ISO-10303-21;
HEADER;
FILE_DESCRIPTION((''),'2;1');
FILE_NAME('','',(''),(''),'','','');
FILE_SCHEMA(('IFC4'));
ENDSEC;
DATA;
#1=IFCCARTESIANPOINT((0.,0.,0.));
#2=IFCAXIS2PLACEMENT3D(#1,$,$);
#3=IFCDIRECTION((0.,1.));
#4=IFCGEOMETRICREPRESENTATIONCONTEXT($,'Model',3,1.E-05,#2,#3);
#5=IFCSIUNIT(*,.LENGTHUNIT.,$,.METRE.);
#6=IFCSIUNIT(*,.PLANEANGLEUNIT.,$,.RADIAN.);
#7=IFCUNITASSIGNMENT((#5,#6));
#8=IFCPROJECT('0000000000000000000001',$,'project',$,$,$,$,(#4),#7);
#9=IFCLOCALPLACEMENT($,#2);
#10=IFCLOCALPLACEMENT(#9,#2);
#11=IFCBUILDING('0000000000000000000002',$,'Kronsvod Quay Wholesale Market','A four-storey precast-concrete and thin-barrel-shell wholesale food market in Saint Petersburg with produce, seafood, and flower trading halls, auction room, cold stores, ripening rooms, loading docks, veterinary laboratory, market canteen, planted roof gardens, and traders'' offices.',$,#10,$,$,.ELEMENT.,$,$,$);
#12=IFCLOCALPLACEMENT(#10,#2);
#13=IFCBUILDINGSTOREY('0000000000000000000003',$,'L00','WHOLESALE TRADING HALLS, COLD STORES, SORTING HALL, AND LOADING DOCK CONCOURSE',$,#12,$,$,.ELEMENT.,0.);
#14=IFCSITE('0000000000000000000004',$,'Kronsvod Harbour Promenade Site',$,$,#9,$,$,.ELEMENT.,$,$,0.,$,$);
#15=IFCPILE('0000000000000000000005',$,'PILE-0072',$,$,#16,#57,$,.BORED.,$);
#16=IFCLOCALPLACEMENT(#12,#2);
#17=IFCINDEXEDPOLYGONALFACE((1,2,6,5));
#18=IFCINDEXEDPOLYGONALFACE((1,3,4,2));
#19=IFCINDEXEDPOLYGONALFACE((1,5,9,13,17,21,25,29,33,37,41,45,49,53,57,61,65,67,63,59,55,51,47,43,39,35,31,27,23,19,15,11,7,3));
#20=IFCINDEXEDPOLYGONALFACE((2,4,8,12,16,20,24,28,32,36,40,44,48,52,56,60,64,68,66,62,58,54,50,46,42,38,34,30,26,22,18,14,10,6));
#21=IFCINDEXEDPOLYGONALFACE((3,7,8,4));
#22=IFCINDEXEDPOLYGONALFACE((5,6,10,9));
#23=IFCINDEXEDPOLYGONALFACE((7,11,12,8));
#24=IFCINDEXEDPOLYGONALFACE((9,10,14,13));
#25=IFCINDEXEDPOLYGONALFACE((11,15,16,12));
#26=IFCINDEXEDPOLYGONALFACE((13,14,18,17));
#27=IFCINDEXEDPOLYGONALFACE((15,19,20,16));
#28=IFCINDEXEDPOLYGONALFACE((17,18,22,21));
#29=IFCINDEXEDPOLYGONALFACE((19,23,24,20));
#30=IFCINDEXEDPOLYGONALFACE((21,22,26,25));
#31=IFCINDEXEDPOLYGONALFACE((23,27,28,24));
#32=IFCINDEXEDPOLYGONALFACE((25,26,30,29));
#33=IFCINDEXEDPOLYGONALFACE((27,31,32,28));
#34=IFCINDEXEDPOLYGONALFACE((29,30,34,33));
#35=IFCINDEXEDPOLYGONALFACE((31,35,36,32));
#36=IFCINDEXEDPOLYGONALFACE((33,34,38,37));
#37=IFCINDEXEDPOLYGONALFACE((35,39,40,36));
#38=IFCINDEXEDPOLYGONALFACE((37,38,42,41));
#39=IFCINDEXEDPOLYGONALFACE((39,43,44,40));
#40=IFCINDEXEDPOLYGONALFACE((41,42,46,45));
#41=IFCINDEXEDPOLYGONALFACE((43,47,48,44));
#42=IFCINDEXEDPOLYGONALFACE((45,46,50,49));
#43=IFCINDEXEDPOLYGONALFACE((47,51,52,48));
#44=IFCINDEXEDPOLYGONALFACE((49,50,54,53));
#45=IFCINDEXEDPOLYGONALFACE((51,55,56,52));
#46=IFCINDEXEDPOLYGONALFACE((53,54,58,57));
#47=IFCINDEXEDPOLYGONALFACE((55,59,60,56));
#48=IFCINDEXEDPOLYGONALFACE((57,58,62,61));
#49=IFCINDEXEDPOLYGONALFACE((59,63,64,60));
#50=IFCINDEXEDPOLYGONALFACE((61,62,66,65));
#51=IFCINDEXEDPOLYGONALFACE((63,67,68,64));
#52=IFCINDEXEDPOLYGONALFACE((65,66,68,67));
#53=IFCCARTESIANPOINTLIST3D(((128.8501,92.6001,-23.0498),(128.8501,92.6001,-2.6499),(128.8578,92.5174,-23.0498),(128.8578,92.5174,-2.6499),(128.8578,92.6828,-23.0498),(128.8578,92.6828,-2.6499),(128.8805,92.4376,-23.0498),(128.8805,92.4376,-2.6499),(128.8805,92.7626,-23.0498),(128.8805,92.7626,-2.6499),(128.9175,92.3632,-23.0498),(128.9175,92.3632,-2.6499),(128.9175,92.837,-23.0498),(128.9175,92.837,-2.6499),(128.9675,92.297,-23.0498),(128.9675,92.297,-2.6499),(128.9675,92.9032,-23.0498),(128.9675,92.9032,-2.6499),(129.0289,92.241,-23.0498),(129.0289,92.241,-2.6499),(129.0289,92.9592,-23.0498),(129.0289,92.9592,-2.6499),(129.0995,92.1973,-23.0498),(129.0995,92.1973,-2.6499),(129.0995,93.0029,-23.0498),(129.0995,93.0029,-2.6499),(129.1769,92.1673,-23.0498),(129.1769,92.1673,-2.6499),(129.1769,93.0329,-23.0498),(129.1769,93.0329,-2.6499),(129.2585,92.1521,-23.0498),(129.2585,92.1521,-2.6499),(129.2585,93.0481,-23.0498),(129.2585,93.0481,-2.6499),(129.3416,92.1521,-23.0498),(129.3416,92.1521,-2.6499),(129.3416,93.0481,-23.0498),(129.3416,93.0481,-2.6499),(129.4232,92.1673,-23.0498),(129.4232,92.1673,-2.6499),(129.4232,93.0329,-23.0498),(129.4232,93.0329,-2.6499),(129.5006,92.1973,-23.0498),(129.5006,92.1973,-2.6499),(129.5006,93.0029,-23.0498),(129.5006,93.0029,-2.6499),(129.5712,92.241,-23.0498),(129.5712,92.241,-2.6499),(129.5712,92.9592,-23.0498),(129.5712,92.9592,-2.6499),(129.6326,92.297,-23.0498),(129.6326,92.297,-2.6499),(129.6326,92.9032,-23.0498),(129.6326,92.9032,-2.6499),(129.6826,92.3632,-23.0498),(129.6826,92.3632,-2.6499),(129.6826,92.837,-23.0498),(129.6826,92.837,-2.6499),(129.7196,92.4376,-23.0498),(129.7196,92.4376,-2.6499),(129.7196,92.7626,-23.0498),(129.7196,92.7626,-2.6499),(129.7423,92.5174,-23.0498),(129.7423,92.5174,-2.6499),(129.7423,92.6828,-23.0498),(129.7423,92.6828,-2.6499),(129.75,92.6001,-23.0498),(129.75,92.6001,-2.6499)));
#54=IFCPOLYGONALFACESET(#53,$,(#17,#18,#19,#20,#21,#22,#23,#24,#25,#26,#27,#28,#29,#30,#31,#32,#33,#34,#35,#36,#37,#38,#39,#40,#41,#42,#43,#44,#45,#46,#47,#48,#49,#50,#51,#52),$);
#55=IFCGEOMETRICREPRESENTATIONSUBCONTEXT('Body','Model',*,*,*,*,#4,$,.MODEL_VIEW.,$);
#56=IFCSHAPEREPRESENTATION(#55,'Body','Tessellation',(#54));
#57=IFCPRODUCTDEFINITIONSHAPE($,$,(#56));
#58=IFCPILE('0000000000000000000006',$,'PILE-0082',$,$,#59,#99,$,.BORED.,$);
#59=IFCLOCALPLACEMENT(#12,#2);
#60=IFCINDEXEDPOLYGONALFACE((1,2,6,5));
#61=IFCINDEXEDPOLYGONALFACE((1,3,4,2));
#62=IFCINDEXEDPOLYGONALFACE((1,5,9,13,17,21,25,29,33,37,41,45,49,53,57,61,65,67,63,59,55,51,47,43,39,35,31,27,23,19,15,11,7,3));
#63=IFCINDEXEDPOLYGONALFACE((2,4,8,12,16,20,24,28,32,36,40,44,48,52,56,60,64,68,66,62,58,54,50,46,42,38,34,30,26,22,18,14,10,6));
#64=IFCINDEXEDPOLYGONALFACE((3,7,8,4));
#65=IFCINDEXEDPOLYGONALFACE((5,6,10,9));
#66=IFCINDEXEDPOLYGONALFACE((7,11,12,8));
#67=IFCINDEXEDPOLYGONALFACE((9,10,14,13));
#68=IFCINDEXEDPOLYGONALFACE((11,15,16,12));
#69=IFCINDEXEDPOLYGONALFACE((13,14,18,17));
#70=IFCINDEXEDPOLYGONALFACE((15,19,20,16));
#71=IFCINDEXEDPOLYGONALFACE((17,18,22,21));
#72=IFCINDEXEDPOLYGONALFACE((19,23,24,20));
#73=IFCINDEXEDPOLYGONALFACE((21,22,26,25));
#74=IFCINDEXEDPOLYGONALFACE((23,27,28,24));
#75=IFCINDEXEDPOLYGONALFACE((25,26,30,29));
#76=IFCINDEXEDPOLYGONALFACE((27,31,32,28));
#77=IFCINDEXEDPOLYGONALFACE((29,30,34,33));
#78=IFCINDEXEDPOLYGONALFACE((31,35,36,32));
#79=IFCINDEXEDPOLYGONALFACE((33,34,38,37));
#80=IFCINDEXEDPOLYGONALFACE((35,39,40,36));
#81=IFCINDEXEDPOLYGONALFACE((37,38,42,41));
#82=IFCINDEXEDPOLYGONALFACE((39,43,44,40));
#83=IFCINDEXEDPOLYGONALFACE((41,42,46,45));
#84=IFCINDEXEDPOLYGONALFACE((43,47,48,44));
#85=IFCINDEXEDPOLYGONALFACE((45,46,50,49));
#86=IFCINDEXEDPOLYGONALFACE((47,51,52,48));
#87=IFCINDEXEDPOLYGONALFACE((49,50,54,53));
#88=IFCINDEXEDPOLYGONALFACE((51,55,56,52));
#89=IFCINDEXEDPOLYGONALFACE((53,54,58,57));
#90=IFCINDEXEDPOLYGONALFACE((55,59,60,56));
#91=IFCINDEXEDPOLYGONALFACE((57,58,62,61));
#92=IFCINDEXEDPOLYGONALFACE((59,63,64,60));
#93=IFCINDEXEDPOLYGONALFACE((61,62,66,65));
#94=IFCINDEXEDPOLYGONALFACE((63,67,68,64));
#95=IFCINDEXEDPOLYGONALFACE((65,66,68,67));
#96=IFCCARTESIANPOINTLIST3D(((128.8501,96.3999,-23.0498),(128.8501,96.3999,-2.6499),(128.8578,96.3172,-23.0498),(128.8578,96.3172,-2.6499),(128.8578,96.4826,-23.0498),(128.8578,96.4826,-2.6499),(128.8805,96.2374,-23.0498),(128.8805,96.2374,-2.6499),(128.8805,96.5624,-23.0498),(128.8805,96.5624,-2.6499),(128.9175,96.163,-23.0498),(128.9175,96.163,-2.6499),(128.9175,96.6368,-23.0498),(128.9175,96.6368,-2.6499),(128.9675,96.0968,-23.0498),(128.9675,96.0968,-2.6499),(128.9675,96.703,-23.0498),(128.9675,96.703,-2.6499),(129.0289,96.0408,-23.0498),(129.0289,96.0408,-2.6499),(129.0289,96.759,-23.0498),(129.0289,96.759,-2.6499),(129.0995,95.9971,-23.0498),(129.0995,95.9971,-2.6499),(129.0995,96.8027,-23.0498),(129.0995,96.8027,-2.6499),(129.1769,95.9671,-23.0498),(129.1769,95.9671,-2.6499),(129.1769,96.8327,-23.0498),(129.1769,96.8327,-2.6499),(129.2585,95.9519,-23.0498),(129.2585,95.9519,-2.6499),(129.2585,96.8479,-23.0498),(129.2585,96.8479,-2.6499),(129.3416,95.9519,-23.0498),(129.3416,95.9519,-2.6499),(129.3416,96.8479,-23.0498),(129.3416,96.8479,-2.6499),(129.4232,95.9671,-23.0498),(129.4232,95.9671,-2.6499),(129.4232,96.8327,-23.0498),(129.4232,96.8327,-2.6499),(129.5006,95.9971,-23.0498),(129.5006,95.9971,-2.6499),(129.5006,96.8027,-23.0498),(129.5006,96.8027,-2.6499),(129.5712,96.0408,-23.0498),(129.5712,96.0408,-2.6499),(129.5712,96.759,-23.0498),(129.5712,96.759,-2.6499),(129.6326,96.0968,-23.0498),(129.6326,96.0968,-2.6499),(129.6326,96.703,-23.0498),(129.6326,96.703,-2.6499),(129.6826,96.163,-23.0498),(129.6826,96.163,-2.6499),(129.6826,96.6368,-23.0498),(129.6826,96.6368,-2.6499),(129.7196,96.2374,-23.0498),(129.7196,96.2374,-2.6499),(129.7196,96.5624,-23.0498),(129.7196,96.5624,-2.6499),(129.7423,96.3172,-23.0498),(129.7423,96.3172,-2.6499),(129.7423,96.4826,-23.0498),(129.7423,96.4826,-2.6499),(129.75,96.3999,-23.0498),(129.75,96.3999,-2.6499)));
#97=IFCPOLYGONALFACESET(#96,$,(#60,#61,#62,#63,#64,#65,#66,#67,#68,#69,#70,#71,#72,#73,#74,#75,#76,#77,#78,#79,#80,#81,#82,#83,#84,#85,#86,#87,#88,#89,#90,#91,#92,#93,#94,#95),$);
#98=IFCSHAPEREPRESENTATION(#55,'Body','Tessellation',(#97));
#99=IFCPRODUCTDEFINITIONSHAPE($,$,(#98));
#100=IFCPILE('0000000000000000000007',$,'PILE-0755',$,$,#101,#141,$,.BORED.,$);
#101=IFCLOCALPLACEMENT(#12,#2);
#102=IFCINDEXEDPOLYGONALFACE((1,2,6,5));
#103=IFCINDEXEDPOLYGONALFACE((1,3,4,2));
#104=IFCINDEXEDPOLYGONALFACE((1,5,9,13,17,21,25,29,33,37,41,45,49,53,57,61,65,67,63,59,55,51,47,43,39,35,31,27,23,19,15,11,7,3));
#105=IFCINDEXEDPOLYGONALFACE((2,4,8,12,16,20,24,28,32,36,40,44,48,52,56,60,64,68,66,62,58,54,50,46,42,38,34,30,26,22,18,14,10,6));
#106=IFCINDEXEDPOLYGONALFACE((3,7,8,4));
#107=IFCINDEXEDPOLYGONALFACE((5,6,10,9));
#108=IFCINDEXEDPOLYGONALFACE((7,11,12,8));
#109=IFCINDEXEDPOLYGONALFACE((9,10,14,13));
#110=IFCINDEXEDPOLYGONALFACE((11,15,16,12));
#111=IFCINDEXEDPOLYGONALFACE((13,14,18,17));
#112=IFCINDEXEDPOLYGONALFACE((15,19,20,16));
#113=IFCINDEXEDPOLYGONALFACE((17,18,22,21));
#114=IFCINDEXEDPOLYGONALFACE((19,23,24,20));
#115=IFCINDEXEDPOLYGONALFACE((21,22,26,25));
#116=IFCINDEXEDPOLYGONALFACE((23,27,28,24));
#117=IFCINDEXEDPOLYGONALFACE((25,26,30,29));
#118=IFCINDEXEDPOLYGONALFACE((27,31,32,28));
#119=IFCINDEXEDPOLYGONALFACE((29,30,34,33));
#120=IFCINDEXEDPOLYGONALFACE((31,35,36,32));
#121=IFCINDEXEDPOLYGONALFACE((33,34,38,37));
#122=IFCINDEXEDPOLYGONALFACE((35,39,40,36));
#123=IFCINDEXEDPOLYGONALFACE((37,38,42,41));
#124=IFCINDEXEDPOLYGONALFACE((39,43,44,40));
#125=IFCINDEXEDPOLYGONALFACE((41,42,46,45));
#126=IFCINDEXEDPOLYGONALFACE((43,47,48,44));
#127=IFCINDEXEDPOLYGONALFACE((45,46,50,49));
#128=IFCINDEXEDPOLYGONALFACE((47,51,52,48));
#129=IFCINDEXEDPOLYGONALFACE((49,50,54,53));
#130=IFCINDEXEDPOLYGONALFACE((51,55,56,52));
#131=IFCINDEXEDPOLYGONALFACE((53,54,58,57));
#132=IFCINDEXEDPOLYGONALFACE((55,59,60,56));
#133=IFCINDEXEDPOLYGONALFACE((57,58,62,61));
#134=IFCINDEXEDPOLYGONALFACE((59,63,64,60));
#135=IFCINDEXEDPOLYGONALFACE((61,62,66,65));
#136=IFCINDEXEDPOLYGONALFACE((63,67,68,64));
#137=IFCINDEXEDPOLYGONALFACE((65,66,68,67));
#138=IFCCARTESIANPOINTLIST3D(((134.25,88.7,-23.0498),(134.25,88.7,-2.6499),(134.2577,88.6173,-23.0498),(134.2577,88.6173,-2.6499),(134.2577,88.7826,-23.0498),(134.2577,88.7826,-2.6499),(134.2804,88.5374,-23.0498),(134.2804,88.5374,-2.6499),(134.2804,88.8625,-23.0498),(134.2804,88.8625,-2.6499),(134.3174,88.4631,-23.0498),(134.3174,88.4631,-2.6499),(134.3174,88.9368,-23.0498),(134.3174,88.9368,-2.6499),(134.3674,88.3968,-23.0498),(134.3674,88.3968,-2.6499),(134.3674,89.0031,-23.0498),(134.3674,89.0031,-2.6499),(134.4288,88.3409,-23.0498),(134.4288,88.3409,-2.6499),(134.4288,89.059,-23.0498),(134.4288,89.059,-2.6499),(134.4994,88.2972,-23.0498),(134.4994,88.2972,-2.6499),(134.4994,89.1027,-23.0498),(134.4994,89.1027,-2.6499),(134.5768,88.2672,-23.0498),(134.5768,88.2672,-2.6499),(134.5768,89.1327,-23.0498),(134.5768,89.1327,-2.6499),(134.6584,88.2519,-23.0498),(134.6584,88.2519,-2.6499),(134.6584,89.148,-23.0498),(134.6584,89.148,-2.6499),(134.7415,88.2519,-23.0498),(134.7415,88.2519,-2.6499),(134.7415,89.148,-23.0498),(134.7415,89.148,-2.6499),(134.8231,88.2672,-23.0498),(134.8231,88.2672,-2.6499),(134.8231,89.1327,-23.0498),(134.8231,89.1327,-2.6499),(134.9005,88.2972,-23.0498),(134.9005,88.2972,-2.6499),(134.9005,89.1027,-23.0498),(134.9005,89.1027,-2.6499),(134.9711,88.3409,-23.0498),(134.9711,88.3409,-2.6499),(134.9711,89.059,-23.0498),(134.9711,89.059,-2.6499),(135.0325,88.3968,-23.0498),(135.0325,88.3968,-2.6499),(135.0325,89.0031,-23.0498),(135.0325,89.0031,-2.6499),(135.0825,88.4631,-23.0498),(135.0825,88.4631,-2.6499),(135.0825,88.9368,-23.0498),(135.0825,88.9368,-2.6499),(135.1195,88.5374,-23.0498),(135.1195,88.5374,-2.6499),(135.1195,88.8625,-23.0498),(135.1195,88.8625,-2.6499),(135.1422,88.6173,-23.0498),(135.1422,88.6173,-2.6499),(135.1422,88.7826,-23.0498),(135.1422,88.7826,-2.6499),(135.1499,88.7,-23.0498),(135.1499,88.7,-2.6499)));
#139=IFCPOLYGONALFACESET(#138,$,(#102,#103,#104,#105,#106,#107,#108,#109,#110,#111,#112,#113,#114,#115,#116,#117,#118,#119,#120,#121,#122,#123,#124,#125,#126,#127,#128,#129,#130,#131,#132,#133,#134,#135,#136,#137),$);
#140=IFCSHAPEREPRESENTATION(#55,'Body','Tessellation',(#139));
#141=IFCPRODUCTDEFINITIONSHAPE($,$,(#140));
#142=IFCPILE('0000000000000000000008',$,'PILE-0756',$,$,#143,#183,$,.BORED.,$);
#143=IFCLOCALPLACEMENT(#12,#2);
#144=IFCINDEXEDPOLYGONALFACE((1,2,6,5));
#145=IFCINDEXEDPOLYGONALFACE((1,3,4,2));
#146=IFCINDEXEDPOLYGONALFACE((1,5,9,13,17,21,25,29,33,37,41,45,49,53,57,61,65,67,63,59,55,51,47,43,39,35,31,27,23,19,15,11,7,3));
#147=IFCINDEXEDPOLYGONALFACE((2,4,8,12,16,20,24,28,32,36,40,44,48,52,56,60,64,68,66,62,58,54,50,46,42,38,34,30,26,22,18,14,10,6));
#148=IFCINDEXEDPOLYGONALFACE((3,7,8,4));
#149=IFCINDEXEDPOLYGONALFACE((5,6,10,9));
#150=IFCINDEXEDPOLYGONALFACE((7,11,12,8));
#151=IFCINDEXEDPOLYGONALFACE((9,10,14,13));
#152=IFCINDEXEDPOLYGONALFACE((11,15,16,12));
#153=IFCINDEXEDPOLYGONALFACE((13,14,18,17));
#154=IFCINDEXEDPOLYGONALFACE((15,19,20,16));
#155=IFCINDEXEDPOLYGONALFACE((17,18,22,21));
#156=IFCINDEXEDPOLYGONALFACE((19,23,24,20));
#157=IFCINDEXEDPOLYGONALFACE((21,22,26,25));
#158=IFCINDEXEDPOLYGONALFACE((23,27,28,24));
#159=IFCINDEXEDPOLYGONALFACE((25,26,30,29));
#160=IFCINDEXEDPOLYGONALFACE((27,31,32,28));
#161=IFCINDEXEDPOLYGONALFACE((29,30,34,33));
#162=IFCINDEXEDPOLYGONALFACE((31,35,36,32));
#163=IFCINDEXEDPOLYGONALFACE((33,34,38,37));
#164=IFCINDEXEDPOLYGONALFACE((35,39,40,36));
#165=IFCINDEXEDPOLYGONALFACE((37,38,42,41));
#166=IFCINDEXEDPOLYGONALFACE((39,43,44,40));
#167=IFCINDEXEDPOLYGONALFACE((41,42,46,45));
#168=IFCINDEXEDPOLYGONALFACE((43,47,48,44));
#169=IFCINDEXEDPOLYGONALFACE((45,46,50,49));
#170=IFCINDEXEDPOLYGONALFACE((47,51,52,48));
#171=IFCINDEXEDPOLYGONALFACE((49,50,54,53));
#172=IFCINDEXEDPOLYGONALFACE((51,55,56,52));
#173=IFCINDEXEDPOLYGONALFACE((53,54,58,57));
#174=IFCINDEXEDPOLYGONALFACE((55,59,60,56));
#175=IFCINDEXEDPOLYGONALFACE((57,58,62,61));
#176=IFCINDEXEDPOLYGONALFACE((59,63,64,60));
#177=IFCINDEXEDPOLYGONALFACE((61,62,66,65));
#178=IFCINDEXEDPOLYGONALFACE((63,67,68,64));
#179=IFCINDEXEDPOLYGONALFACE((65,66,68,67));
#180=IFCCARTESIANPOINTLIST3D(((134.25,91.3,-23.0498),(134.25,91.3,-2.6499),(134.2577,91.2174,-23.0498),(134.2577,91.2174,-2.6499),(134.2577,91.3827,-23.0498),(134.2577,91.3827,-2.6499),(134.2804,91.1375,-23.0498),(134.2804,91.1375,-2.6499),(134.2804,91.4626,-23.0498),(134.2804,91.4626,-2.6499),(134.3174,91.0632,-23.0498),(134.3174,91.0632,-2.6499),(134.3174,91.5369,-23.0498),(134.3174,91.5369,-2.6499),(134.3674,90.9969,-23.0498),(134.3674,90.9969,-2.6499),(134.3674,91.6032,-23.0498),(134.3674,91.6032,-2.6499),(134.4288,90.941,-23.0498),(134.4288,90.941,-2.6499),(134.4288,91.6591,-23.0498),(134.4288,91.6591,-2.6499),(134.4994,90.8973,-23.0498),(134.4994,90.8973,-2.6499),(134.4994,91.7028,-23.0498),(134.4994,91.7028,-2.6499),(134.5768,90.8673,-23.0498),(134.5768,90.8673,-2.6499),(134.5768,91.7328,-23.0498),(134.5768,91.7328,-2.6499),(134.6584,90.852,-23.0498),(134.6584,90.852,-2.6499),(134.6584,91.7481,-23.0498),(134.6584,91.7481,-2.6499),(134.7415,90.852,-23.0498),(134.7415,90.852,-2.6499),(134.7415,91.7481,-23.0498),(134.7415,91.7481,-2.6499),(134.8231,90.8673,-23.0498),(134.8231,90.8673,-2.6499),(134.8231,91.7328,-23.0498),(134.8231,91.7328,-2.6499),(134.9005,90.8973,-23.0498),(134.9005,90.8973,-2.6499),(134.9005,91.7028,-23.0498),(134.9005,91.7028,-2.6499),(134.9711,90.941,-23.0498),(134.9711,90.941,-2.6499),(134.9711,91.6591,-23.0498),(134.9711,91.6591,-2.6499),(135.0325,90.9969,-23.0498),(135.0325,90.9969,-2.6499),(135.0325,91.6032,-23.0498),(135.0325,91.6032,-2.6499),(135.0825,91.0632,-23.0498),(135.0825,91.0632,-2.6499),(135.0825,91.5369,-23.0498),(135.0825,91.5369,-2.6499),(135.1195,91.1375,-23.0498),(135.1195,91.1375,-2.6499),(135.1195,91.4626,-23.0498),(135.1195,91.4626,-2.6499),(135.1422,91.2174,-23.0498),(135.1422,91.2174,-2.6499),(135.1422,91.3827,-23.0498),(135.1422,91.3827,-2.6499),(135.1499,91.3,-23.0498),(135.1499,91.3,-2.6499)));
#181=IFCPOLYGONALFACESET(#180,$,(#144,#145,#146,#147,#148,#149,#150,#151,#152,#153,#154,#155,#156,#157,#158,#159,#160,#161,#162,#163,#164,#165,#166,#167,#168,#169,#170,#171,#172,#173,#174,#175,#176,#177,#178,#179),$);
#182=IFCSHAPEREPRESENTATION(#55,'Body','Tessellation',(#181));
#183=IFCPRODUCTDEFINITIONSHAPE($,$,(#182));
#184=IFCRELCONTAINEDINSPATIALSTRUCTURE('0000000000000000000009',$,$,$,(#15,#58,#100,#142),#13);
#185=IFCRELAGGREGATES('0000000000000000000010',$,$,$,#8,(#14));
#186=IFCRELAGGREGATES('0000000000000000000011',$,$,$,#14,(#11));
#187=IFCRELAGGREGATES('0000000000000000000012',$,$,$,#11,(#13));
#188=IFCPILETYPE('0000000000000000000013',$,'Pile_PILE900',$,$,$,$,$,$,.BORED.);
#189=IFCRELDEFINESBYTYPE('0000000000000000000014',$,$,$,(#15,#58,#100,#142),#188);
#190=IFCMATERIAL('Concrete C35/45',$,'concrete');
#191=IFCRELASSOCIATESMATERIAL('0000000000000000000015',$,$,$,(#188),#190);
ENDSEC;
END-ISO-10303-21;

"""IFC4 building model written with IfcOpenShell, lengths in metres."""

from ifc_helpers import new_model, si_unit, direction, frame, origin, origin_2d, place, context, subcontext, project, spatial, circle, extrude, material, material_profile, profile_set, type_object, element, save


model = new_model("IFC4")

# Units and contexts
model_context = context("Model", 3, precision=1e-05, world=origin(), true_north=direction((0.0, 1.0)))
body_context = subcontext(model_context, "Body", "Model", "MODEL_VIEW")
ifc_project = project(units=[si_unit("LENGTHUNIT", "METRE"), si_unit("PLANEANGLEUNIT", "RADIAN")], contexts=[model_context])

# Site, building, storey
site_placement = place(None, origin())
site = spatial("IfcSite", under=ifc_project, at=site_placement, Name="Kronsvod Harbour Promenade Site", CompositionType="ELEMENT", RefElevation=0.0)
building_placement = place(site_placement, origin())
building = spatial("IfcBuilding", under=site, at=building_placement, Name="Kronsvod Quay Wholesale Market", Description="A four-storey precast-concrete and thin-barrel-shell wholesale food market in Saint Petersburg with produce, seafood, and flower trading halls, auction room, cold stores, ripening rooms, loading docks, veterinary laboratory, market canteen, planted roof gardens, and traders' offices.", CompositionType="ELEMENT")
storey_placement = place(building_placement, origin())
storey = spatial("IfcBuildingStorey", under=building, at=storey_placement, Name="L00", Description="WHOLESALE TRADING HALLS, COLD STORES, SORTING HALL, AND LOADING DOCK CONCOURSE", CompositionType="ELEMENT", Elevation=0.0)

# Piles
ifc_material_1 = material(Name="Concrete C35/45", Category="concrete")
ifc_material_profile_1 = material_profile(ifc_material_1, circle(Radius=0.45, at=origin_2d()), Name="PILE900")
ifc_profile_set_1 = profile_set([ifc_material_profile_1], Name="Concrete C35/45")
pile_type_1 = type_object("IfcPileType", Name="Pile_PILE900", PredefinedType="BORED", material=ifc_profile_set_1)
for number, where, z_axis, x_axis, name in (
    (1, (129.3, 92.6001, -2.6499), (0.0, 0.0, -1.0), (1.0, 0.0, 0.0), "PILE-0072"),
    (2, (129.3, 96.3999, -2.6499), (0.0, 0.0, -1.0), (1.0, 0.0, 0.0), "PILE-0082"),
    (3, (134.7, 88.7, -2.6499), (0.0, 0.0, -1.0), (1.0, 0.0, 0.0), "PILE-0755"),
    (4, (134.7, 91.3, -2.6499), (0.0, 0.0, -1.0), (1.0, 0.0, 0.0), "PILE-0756"),
):
    element("IfcPile", number, at=place(storey_placement, frame(where, z_axis=z_axis, x_axis=x_axis)), inside=storey, type_object=pile_type_1, Name=name, PredefinedType="BORED", context=body_context, shape_type="SweptSolid", body=[
        extrude(circle(Radius=0.45, at=origin_2d()), origin(), (0.0, 0.0, 1.0), 20.3999),
    ])

save(model, "model.ifc")
